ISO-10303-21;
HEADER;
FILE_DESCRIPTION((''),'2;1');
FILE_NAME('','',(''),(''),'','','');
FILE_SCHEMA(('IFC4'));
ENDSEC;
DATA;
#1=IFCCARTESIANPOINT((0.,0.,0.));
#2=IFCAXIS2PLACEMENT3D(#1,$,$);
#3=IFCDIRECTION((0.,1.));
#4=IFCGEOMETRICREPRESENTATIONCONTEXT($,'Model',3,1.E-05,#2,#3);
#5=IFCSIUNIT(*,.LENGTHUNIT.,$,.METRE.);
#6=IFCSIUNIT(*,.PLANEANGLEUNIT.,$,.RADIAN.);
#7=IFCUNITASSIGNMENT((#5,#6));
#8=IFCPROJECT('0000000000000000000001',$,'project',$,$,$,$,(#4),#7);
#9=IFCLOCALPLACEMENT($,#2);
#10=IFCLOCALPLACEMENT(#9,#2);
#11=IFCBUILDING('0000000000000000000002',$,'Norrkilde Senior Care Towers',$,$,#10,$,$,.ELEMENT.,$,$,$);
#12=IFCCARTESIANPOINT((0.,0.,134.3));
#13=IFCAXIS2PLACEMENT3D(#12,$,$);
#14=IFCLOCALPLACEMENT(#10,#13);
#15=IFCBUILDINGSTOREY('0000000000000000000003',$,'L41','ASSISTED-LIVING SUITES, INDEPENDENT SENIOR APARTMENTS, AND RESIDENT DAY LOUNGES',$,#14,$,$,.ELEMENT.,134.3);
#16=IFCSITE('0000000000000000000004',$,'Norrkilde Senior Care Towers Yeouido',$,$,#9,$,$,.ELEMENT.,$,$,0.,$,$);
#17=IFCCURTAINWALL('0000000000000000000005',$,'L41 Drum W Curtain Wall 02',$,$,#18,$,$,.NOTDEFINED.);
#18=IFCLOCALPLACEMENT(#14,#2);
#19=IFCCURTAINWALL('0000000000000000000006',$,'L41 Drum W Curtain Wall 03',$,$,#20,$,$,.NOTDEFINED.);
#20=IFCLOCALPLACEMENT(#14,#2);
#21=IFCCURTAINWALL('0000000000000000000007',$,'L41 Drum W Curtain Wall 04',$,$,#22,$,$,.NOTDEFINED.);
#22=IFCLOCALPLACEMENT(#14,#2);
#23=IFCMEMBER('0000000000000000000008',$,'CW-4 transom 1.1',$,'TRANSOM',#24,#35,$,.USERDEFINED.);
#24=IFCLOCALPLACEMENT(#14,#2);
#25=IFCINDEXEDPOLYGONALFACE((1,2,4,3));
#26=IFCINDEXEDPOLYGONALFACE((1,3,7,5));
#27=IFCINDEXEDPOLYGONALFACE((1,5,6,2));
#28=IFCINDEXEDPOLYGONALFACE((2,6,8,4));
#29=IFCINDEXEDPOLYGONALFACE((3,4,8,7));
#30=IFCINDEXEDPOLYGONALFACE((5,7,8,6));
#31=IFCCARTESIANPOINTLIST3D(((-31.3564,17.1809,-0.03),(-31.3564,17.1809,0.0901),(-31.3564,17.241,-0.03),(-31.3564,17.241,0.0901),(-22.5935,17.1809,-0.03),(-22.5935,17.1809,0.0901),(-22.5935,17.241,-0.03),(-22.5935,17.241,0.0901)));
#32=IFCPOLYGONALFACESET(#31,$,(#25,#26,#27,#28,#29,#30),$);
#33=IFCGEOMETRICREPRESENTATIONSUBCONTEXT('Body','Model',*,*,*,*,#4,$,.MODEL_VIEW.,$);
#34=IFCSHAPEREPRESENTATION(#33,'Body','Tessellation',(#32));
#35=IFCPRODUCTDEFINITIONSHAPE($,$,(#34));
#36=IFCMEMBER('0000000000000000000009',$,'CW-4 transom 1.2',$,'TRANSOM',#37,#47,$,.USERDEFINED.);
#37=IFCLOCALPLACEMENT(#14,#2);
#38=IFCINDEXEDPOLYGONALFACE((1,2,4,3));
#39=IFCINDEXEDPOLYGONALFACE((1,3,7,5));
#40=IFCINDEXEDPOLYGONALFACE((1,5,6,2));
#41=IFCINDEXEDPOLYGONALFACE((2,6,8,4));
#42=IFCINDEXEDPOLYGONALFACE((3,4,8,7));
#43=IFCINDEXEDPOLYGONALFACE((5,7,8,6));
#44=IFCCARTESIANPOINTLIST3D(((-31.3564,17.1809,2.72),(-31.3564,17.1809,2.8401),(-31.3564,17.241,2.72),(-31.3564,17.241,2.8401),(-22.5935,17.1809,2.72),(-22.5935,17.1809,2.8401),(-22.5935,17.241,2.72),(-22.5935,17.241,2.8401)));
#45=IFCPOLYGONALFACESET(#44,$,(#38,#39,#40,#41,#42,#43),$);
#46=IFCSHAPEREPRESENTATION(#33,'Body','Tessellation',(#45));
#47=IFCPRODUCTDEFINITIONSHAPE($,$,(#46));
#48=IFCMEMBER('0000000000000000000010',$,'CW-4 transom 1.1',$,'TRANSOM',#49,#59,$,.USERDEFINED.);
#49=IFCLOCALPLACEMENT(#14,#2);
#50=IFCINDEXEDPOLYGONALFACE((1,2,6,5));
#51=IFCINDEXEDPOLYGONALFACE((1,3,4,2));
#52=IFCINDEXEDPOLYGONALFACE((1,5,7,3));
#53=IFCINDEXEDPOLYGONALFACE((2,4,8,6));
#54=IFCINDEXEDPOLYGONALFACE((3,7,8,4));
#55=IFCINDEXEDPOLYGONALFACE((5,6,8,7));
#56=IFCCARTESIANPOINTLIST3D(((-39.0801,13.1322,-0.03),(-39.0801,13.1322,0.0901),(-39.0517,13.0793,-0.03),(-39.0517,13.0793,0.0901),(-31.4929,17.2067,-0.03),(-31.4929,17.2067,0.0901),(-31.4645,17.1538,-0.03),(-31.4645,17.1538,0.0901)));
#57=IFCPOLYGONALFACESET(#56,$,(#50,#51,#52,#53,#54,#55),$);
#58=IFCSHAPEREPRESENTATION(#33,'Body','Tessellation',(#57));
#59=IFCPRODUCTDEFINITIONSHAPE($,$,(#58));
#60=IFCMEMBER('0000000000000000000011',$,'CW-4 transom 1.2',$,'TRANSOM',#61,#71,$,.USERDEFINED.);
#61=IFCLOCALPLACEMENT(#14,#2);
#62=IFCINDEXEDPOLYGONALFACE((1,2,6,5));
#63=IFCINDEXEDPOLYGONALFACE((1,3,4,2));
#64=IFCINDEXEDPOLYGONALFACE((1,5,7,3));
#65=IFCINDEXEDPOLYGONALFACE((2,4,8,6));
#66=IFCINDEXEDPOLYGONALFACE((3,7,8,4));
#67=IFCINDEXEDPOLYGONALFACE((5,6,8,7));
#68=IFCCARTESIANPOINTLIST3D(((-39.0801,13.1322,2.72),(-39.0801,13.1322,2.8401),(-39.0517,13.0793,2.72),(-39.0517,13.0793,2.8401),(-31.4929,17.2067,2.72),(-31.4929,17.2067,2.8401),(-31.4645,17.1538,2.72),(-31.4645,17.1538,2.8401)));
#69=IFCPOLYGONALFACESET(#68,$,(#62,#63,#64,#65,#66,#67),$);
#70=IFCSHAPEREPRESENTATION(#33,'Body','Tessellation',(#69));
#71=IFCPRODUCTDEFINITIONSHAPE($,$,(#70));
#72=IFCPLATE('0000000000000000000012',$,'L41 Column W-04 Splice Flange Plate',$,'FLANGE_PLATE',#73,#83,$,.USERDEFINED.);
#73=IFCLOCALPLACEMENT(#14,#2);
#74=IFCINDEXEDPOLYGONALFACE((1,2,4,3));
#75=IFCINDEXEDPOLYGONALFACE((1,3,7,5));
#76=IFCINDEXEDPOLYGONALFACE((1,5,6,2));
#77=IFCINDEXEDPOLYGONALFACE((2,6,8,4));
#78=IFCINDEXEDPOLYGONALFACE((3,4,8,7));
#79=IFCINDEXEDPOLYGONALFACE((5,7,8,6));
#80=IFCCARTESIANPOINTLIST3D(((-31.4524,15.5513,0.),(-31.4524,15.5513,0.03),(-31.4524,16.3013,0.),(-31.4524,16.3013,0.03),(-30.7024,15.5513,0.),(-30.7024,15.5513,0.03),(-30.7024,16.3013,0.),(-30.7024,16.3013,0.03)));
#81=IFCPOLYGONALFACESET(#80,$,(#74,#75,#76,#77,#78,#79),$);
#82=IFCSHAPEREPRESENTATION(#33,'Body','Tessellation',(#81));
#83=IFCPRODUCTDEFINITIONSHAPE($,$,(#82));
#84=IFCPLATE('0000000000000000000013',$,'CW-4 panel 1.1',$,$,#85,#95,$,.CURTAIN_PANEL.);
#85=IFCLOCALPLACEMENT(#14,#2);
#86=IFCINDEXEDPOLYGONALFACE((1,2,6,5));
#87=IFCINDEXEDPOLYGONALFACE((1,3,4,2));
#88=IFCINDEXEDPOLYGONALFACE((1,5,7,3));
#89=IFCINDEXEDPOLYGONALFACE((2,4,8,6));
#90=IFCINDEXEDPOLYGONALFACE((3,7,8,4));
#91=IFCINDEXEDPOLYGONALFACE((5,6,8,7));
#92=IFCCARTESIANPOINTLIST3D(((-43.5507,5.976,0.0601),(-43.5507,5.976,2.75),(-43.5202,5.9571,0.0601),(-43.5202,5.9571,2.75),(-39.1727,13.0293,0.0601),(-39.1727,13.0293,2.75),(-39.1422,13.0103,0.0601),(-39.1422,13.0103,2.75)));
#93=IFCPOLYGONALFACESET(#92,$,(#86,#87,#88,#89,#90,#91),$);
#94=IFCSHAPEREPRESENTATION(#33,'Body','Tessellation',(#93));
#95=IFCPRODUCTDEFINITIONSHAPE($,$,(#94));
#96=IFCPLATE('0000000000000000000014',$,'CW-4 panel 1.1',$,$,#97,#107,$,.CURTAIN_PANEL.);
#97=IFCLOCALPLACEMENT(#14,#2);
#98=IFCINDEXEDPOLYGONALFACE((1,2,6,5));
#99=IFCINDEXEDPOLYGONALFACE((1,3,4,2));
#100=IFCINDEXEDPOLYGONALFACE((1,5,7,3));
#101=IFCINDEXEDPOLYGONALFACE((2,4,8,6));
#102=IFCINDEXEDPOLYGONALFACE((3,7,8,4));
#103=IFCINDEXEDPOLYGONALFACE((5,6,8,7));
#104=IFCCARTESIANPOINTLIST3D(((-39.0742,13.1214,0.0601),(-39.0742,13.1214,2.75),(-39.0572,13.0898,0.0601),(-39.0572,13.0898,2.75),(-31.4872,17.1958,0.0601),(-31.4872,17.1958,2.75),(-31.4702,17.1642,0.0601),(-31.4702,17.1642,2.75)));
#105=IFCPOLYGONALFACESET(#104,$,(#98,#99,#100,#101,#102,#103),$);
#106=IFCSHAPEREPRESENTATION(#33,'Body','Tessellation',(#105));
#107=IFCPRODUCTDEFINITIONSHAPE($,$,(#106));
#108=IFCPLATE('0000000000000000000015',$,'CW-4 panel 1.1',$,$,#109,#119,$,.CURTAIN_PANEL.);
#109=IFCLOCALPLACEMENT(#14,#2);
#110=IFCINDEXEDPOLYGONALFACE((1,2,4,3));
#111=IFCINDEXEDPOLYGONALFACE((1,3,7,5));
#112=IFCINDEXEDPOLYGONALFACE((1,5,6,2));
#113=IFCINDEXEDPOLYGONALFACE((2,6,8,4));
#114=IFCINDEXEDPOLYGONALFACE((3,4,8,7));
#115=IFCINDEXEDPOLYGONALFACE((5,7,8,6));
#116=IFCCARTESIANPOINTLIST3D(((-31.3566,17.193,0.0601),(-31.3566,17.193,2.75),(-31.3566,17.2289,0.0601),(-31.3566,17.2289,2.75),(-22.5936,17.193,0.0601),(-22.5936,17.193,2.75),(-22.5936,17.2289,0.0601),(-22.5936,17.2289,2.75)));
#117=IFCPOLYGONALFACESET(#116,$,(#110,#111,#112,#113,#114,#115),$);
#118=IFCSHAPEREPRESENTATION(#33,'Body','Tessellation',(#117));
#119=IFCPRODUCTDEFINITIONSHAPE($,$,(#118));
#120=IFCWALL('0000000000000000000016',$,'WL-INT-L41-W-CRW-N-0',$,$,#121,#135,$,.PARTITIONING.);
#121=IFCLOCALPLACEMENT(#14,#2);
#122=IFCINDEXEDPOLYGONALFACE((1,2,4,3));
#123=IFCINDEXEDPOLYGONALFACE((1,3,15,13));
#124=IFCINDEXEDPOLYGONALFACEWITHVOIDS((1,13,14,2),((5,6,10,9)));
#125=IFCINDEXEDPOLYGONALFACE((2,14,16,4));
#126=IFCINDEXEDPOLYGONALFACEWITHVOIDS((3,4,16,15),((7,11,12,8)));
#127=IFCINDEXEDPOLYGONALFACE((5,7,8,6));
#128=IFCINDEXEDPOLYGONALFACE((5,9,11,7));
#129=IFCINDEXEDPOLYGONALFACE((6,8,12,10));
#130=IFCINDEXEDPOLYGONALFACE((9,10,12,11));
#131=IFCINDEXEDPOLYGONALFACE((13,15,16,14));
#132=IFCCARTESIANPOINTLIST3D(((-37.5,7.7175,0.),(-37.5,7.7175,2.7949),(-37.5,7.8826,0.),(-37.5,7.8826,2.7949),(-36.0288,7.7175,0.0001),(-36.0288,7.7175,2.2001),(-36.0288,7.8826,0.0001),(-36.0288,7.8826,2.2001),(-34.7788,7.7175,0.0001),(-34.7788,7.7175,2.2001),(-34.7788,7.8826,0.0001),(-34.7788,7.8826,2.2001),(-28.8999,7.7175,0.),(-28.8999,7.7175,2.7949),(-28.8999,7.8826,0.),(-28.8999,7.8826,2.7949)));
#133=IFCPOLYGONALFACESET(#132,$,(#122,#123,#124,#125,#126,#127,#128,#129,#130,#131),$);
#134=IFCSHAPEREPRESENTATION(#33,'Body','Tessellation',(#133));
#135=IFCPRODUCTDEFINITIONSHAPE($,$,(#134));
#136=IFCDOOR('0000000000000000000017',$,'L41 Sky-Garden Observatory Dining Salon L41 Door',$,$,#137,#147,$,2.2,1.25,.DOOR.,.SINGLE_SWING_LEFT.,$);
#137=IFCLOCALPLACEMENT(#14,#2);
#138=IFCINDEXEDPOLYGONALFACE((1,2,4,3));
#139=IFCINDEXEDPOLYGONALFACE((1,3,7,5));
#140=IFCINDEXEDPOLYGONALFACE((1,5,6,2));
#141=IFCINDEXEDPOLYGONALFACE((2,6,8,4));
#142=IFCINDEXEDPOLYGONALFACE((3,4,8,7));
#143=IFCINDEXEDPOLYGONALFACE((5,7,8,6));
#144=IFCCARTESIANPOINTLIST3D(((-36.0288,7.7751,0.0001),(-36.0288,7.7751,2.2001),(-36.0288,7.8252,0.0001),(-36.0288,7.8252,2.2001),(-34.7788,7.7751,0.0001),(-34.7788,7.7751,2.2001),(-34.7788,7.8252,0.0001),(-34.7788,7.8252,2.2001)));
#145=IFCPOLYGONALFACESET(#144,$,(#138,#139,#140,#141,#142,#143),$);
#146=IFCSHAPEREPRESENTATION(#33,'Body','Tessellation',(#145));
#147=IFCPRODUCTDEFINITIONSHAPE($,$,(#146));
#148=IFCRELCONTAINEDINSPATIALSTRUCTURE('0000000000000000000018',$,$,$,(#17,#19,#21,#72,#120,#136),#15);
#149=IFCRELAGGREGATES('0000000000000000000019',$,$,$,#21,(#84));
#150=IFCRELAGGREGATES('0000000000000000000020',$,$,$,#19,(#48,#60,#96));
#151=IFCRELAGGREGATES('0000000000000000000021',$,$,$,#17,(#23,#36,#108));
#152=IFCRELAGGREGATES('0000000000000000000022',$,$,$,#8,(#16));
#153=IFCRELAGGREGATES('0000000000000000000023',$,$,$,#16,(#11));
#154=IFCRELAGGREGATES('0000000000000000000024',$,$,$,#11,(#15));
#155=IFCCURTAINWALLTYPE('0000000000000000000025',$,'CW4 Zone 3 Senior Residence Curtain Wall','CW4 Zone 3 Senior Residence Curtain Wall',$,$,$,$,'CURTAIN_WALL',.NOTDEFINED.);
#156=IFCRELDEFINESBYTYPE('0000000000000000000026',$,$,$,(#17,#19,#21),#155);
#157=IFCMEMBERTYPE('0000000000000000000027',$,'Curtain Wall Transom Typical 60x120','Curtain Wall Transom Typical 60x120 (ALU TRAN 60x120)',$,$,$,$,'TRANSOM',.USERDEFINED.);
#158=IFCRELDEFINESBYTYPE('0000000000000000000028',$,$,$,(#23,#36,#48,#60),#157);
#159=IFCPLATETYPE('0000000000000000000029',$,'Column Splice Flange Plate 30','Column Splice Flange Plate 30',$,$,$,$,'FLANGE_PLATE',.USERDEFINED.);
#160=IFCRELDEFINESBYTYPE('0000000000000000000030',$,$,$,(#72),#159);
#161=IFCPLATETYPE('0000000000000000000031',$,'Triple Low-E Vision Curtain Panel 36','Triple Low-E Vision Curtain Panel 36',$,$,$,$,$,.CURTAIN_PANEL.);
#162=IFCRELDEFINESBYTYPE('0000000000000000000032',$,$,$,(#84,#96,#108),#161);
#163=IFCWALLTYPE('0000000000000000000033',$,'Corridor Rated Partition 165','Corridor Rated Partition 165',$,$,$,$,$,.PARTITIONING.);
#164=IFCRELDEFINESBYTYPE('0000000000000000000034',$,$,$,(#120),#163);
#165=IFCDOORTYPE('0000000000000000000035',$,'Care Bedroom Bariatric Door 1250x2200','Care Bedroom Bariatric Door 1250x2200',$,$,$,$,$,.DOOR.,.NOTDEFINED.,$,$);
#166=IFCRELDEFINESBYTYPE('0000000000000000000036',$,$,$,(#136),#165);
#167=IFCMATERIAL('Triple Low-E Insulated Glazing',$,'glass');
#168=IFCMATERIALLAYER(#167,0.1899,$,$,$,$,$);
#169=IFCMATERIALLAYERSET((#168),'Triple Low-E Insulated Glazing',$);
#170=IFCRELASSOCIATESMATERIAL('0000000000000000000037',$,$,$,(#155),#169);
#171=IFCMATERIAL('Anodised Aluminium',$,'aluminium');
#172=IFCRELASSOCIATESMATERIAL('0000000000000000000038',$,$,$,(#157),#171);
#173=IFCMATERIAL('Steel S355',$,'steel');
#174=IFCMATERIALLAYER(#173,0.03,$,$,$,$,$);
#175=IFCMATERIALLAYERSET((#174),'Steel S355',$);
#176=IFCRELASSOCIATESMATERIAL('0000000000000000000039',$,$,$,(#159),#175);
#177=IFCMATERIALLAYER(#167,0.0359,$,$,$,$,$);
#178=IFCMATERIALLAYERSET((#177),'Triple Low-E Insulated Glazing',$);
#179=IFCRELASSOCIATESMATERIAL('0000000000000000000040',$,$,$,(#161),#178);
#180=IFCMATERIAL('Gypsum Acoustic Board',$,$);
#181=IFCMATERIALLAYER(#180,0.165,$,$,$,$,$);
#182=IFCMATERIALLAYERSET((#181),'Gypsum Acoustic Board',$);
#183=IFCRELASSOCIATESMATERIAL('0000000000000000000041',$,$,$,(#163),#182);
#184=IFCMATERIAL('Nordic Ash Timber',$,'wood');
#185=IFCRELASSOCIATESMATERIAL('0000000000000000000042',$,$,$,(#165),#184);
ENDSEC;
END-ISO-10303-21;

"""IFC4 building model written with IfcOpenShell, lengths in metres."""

from ifc_helpers import new_model, si_unit, direction, frame, frame_2d, origin, origin_2d, place, context, subcontext, project, spatial, rectangle, extrude, source, transform, mapped, material, layer, layer_set, material_profile, profile_set, type_object, type_shapes, element, fill, aggregate, save


model = new_model("IFC4")

# Units and contexts
model_context = context("Model", 3, precision=1e-05, world=origin(), true_north=direction((0.0, 1.0)))
body_context = subcontext(model_context, "Body", "Model", "MODEL_VIEW")
ifc_project = project(units=[si_unit("LENGTHUNIT", "METRE"), si_unit("PLANEANGLEUNIT", "RADIAN")], contexts=[model_context])

# Site, building, storey
site_placement = place(None, origin())
site = spatial("IfcSite", under=ifc_project, at=site_placement, Name="Norrkilde Senior Care Towers Yeouido", CompositionType="ELEMENT", RefElevation=0.0)
building_placement = place(site_placement, origin())
building = spatial("IfcBuilding", under=site, at=building_placement, Name="Norrkilde Senior Care Towers", CompositionType="ELEMENT")
storey_placement = place(building_placement, frame((0.0, 0.0, 134.3)))
storey = spatial("IfcBuildingStorey", under=building, at=storey_placement, Name="L41", Description="ASSISTED-LIVING SUITES, INDEPENDENT SENIOR APARTMENTS, AND RESIDENT DAY LOUNGES", CompositionType="ELEMENT", Elevation=134.3)

# Shared definitions
ifc_material_1 = material(Name="Steel S355", Category="steel")

# Curtain wall
ifc_material_2 = material(Name="Triple Low-E Insulated Glazing", Category="glass")
ifc_layer_1 = layer(ifc_material_2, 0.1899)
ifc_layer_set_1 = layer_set([ifc_layer_1], Name="Triple Low-E Insulated Glazing")
curtain_wall_type = type_object("IfcCurtainWallType", Name="CW4 Zone 3 Senior Residence Curtain Wall", Description="CW4 Zone 3 Senior Residence Curtain Wall", ElementType="CURTAIN_WALL", PredefinedType="NOTDEFINED", material=ifc_layer_set_1)
curtain_wall_1_placement = place(storey_placement, origin())
curtain_wall_1 = element("IfcCurtainWall", 1, at=curtain_wall_1_placement, inside=storey, type_object=curtain_wall_type, Name="L41 Drum W Curtain Wall 02", PredefinedType="NOTDEFINED")
ifc_material_3 = material(Name="Anodised Aluminium", Category="aluminium")

# Curtain walls
curtain_wall_2_placement = place(storey_placement, origin())
curtain_wall_2 = element("IfcCurtainWall", 2, at=curtain_wall_2_placement, inside=storey, type_object=curtain_wall_type, Name="L41 Drum W Curtain Wall 03", PredefinedType="NOTDEFINED")
curtain_wall_3_placement = place(storey_placement, origin())
curtain_wall_3 = element("IfcCurtainWall", 3, at=curtain_wall_3_placement, inside=storey, type_object=curtain_wall_type, Name="L41 Drum W Curtain Wall 04", PredefinedType="NOTDEFINED")
ifc_material_profile_1 = material_profile(ifc_material_3, rectangle(XDim=0.0601, YDim=0.1201, at=origin_2d()), Name="ALU TRAN 60x120")
ifc_profile_set_1 = profile_set([ifc_material_profile_1], Name="Anodised Aluminium")
member_type_1 = type_object("IfcMemberType", Name="Curtain Wall Transom Typical 60x120", Description="Curtain Wall Transom Typical 60x120 (ALU TRAN 60x120)", ElementType="TRANSOM", PredefinedType="USERDEFINED", material=ifc_profile_set_1)

# Members
shared_shape_1 = source(origin(), body_context, "Body", "SweptSolid", [
    extrude(rectangle(XDim=0.0601, YDim=0.1201, at=origin_2d()), origin(), (0.0, 0.0, 1.0), 8.7629),
])
member_1_placement = place(storey_placement, frame((-31.3564, 17.2109, 0.03), z_axis=(1.0, 0.0, 0.0), x_axis=(0.0, 1.0, 0.0)))
member_1 = element("IfcMember", 4, at=member_1_placement, type_object=member_type_1, Name="CW-4 transom 1.1", ObjectType="TRANSOM", PredefinedType="USERDEFINED", context=body_context, shape_type="MappedRepresentation", body=[
    mapped(shared_shape_1, transform((0.0, 0.0, 0.0), x_axis=(1.0, 0.0, 0.0), y_axis=(0.0, 1.0, 0.0), z_axis=(0.0, 0.0, 1.0), scale=1.0)),
])
member_2_placement = place(storey_placement, frame((-31.3564, 17.2109, 2.78), z_axis=(1.0, 0.0, 0.0), x_axis=(0.0, 1.0, 0.0)))
member_2 = element("IfcMember", 5, at=member_2_placement, type_object=member_type_1, Name="CW-4 transom 1.2", ObjectType="TRANSOM", PredefinedType="USERDEFINED", context=body_context, shape_type="MappedRepresentation", body=[
    mapped(shared_shape_1, transform((0.0, 0.0, 0.0), x_axis=(1.0, 0.0, 0.0), y_axis=(0.0, 1.0, 0.0), z_axis=(0.0, 0.0, 1.0), scale=1.0)),
])
shared_shape_2 = source(origin(), body_context, "Body", "SweptSolid", [
    extrude(rectangle(XDim=0.0601, YDim=0.1201, at=origin_2d()), origin(), (0.0, 0.0, 1.0), 8.6121),
])
member_3_placement = place(storey_placement, frame((-39.0659, 13.1057, 0.03), z_axis=(0.881, 0.473116, 0.0), x_axis=(-0.473116, 0.881, 0.0)))
member_3 = element("IfcMember", 6, at=member_3_placement, type_object=member_type_1, Name="CW-4 transom 1.1", ObjectType="TRANSOM", PredefinedType="USERDEFINED", context=body_context, shape_type="MappedRepresentation", body=[
    mapped(shared_shape_2, transform((0.0, 0.0, 0.0), x_axis=(1.0, 0.0, 0.0), y_axis=(0.0, 1.0, 0.0), z_axis=(0.0, 0.0, 1.0), scale=1.0)),
])
member_4_placement = place(storey_placement, frame((-39.0659, 13.1057, 2.78), z_axis=(0.881, 0.473116, 0.0), x_axis=(-0.473116, 0.881, 0.0)))
member_4 = element("IfcMember", 7, at=member_4_placement, type_object=member_type_1, Name="CW-4 transom 1.2", ObjectType="TRANSOM", PredefinedType="USERDEFINED", context=body_context, shape_type="MappedRepresentation", body=[
    mapped(shared_shape_2, transform((0.0, 0.0, 0.0), x_axis=(1.0, 0.0, 0.0), y_axis=(0.0, 1.0, 0.0), z_axis=(0.0, 0.0, 1.0), scale=1.0)),
])

# Plates
ifc_layer_2 = layer(ifc_material_1, 0.03)
ifc_layer_set_2 = layer_set([ifc_layer_2], Name="Steel S355")
plate_type_1 = type_object("IfcPlateType", Name="Column Splice Flange Plate 30", Description="Column Splice Flange Plate 30", ElementType="FLANGE_PLATE", PredefinedType="USERDEFINED", material=ifc_layer_set_2)
shared_shape_3 = source(origin(), body_context, "Body", "SweptSolid", [
    extrude(rectangle(XDim=0.75, YDim=0.75, at=origin_2d()), origin(), (0.0, 0.0, 1.0), 0.03),
])
type_shapes(plate_type_1, [shared_shape_3])
plate_1_placement = place(storey_placement, frame((-31.0774, 15.9263, 0.0), z_axis=(0.0, 0.0, 1.0), x_axis=(1.0, 0.0, 0.0)))
element("IfcPlate", 8, at=plate_1_placement, inside=storey, type_object=plate_type_1, Name="L41 Column W-04 Splice Flange Plate", ObjectType="FLANGE_PLATE", PredefinedType="USERDEFINED", context=body_context, shape_type="MappedRepresentation", body=[
    mapped(shared_shape_3, transform((0.0, 0.0, 0.0), x_axis=(1.0, 0.0, 0.0), y_axis=(0.0, 1.0, 0.0), z_axis=(0.0, 0.0, 1.0), scale=1.0)),
])
ifc_layer_3 = layer(ifc_material_2, 0.0359)
ifc_layer_set_3 = layer_set([ifc_layer_3], Name="Triple Low-E Insulated Glazing")
plate_type_2 = type_object("IfcPlateType", Name="Triple Low-E Vision Curtain Panel 36", Description="Triple Low-E Vision Curtain Panel 36", PredefinedType="CURTAIN_PANEL", material=ifc_layer_set_3)
shared_shape_4 = source(origin(), body_context, "Body", "SweptSolid", [
    extrude(rectangle(XDim=8.3015, YDim=0.0359, at=origin_2d()), origin(), (0.0, 0.0, 1.0), 2.6899),
])
plate_2_placement = place(storey_placement, frame((-41.3464, 9.4932, 0.0601), z_axis=(0.0, 0.0, 1.0), x_axis=(0.527373, 0.849634, 0.0)))
plate_2 = element("IfcPlate", 9, at=plate_2_placement, type_object=plate_type_2, Name="CW-4 panel 1.1", PredefinedType="CURTAIN_PANEL", context=body_context, shape_type="MappedRepresentation", body=[
    mapped(shared_shape_4, transform((0.0, 0.0, 0.0), x_axis=(1.0, 0.0, 0.0), y_axis=(0.0, 1.0, 0.0), z_axis=(0.0, 0.0, 1.0), scale=1.0)),
])
aggregate(curtain_wall_3, [plate_2])
shared_shape_5 = source(origin(), body_context, "Body", "SweptSolid", [
    extrude(rectangle(XDim=8.6118, YDim=0.0359, at=origin_2d()), origin(), (0.0, 0.0, 1.0), 2.6899),
])
plate_3_placement = place(storey_placement, frame((-35.2722, 15.1428, 0.0601), z_axis=(0.0, 0.0, 1.0), x_axis=(0.881, 0.473117, 0.0)))
plate_3 = element("IfcPlate", 10, at=plate_3_placement, type_object=plate_type_2, Name="CW-4 panel 1.1", PredefinedType="CURTAIN_PANEL", context=body_context, shape_type="MappedRepresentation", body=[
    mapped(shared_shape_5, transform((0.0, 0.0, 0.0), x_axis=(1.0, 0.0, 0.0), y_axis=(0.0, 1.0, 0.0), z_axis=(0.0, 0.0, 1.0), scale=1.0)),
])
aggregate(curtain_wall_2, [member_3, member_4, plate_3])
shared_shape_6 = source(origin(), body_context, "Body", "SweptSolid", [
    extrude(rectangle(XDim=8.7629, YDim=0.0359, at=origin_2d()), origin(), (0.0, 0.0, 1.0), 2.6899),
])
type_shapes(plate_type_2, [shared_shape_4, shared_shape_5, shared_shape_6])
plate_4_placement = place(storey_placement, frame((-26.9751, 17.2109, 0.0601), z_axis=(0.0, 0.0, 1.0), x_axis=(1.0, 0.0, 0.0)))
plate_4 = element("IfcPlate", 11, at=plate_4_placement, type_object=plate_type_2, Name="CW-4 panel 1.1", PredefinedType="CURTAIN_PANEL", context=body_context, shape_type="MappedRepresentation", body=[
    mapped(shared_shape_6, transform((0.0, 0.0, 0.0), x_axis=(1.0, 0.0, 0.0), y_axis=(0.0, 1.0, 0.0), z_axis=(0.0, 0.0, 1.0), scale=1.0)),
])
aggregate(curtain_wall_1, [member_1, member_2, plate_4])

# Wall, opening, door
ifc_material_4 = material(Name="Gypsum Acoustic Board")
ifc_layer_4 = layer(ifc_material_4, 0.165)
ifc_layer_set_4 = layer_set([ifc_layer_4], Name="Gypsum Acoustic Board")
wall_type = type_object("IfcWallType", Name="Corridor Rated Partition 165", Description="Corridor Rated Partition 165", PredefinedType="PARTITIONING", material=ifc_layer_set_4)
shared_shape_7 = source(origin(), body_context, "Body", "SweptSolid", [
    extrude(rectangle(XDim=8.6001, YDim=0.165, at=frame_2d((4.3, 0.0))), origin(), (0.0, 0.0, 1.0), 2.7949),
])
wall_1_placement = place(storey_placement, frame((-37.5, 7.8, 0.0), z_axis=(0.0, 0.0, 1.0), x_axis=(1.0, 0.0, 0.0)))
wall_1 = element("IfcWall", 12, at=wall_1_placement, inside=storey, type_object=wall_type, Name="WL-INT-L41-W-CRW-N-0", PredefinedType="PARTITIONING", context=body_context, shape_type="MappedRepresentation", body=[
    mapped(shared_shape_7, transform((0.0, 0.0, 0.0), x_axis=(1.0, 0.0, 0.0), y_axis=(0.0, 1.0, 0.0), z_axis=(0.0, 0.0, 1.0), scale=1.0)),
])
opening_1_placement = place(wall_1_placement, frame((1.4712, 0.0, 0.0)))
opening_1 = element("IfcOpeningElement", 13, at=opening_1_placement, cuts=wall_1, PredefinedType="OPENING", context=body_context, shape_type="SweptSolid", body=[
    extrude(rectangle(XDim=1.25, YDim=2.2, at=frame_2d((0.625, 1.1001))), frame((0.0, 0.0925, 0.0), z_axis=(0.0, -1.0, 0.0), x_axis=(1.0, 0.0, 0.0)), (0.0, 0.0, 1.0), 0.1851),
])
ifc_material_5 = material(Name="Nordic Ash Timber", Category="wood")
door_type_1 = type_object("IfcDoorType", Name="Care Bedroom Bariatric Door 1250x2200", Description="Care Bedroom Bariatric Door 1250x2200", OperationType="NOTDEFINED", PredefinedType="DOOR", material=ifc_material_5)
shared_shape_8 = source(origin(), body_context, "Body", "SweptSolid", [
    extrude(rectangle(XDim=1.25, YDim=2.2, at=frame_2d((0.625, 1.1001))), frame((0.0, 0.0249, 0.0), z_axis=(0.0, -1.0, 0.0), x_axis=(1.0, 0.0, 0.0)), (0.0, 0.0, 1.0), 0.05),
])
type_shapes(door_type_1, [shared_shape_8])
door_1_placement = place(opening_1_placement, frame((1.25, 0.0, 0.0), z_axis=(0.0, 0.0, 1.0), x_axis=(-1.0, 0.0, 0.0)))
door_1 = element("IfcDoor", 14, at=door_1_placement, inside=storey, type_object=door_type_1, Name="L41 Sky-Garden Observatory Dining Salon L41 Door", OperationType="SINGLE_SWING_LEFT", OverallHeight=2.2, OverallWidth=1.25, PredefinedType="DOOR", context=body_context, shape_type="MappedRepresentation", body=[
    mapped(shared_shape_8, transform((0.0, 0.0, 0.0), x_axis=(1.0, 0.0, 0.0), y_axis=(0.0, 1.0, 0.0), z_axis=(0.0, 0.0, 1.0), scale=1.0)),
])
fill(opening_1, door_1)

save(model, "model.ifc")
